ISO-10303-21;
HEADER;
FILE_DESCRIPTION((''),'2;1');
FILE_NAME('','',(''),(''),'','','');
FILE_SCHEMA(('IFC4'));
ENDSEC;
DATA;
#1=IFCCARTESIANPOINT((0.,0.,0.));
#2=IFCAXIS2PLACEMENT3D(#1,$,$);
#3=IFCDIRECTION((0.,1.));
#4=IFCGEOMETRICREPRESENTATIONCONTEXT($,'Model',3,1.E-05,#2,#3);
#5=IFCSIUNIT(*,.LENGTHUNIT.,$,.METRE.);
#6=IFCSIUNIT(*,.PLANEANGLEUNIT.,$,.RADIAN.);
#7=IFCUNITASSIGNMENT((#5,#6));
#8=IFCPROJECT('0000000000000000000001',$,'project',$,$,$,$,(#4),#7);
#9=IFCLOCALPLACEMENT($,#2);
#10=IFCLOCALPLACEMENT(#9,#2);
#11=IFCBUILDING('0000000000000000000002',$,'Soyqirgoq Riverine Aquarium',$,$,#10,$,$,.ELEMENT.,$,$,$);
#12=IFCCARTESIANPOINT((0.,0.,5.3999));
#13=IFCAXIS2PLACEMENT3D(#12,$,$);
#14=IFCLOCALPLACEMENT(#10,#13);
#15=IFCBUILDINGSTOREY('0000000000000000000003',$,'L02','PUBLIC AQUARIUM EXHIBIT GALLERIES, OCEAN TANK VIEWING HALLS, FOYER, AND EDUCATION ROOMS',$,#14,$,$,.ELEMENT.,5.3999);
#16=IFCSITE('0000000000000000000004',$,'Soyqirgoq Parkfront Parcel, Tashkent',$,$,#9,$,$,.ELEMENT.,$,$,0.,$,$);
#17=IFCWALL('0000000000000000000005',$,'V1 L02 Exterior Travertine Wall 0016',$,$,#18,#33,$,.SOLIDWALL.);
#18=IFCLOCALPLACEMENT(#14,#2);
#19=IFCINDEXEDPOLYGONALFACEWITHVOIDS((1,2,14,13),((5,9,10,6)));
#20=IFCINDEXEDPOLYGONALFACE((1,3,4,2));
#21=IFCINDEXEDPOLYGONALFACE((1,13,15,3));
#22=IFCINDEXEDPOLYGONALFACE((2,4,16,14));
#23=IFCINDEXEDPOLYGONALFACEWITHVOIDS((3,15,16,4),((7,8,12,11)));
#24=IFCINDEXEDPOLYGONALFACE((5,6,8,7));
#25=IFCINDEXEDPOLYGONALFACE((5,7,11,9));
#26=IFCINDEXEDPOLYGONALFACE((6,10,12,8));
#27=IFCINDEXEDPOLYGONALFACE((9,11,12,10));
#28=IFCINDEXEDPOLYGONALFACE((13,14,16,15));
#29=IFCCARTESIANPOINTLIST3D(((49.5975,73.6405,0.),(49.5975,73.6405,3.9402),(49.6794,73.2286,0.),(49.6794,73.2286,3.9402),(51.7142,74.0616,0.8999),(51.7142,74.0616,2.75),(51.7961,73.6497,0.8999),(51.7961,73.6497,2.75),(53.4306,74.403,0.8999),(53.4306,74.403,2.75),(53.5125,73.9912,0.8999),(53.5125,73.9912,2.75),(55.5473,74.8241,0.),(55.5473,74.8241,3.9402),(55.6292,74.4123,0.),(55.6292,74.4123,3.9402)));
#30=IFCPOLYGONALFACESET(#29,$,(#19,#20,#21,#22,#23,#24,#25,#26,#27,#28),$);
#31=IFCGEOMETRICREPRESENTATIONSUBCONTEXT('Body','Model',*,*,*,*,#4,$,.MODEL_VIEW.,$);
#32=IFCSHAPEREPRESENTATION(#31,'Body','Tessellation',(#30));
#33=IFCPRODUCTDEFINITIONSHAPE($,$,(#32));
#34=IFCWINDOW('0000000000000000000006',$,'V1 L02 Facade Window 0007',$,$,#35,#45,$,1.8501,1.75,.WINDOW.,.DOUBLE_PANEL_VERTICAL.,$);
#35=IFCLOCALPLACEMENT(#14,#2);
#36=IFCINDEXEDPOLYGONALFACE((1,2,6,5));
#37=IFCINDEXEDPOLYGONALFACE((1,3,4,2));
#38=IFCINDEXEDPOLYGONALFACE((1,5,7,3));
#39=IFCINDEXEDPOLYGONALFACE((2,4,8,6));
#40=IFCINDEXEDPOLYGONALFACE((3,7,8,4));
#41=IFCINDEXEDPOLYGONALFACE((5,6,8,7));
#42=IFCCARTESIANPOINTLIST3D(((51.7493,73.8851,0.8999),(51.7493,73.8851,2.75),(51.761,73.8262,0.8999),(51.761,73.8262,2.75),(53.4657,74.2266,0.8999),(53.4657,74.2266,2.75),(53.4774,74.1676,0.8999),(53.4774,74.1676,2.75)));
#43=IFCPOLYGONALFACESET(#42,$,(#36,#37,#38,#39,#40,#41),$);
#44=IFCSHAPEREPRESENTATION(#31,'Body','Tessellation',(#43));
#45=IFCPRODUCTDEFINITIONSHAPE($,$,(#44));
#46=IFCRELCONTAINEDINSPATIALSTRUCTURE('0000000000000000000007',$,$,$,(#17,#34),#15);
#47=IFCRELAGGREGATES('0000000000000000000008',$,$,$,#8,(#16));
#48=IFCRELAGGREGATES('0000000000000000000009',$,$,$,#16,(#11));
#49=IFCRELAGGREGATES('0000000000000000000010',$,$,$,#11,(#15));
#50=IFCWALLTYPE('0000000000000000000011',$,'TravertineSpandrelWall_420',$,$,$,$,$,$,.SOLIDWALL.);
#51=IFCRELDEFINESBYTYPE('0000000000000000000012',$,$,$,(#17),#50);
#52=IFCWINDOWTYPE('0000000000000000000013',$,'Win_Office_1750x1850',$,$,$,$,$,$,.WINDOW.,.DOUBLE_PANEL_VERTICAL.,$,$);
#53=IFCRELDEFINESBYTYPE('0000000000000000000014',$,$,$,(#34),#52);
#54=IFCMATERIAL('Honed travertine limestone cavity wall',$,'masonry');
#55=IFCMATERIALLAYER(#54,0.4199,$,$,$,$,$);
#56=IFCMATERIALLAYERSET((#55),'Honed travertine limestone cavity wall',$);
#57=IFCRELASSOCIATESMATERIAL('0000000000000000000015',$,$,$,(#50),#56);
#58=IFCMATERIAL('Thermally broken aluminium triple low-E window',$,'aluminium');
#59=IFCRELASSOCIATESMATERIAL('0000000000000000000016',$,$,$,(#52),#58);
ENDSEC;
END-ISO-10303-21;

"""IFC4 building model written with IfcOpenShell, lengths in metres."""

from ifc_helpers import new_model, si_unit, direction, frame, frame_2d, origin, place, context, subcontext, project, spatial, rectangle, extrude, material, layer, layer_set, type_object, element, fill, save


model = new_model("IFC4")

# Units and contexts
model_context = context("Model", 3, precision=1e-05, world=origin(), true_north=direction((0.0, 1.0)))
body_context = subcontext(model_context, "Body", "Model", "MODEL_VIEW")
ifc_project = project(units=[si_unit("LENGTHUNIT", "METRE"), si_unit("PLANEANGLEUNIT", "RADIAN")], contexts=[model_context])

# Site, building, storey
site_placement = place(None, origin())
site = spatial("IfcSite", under=ifc_project, at=site_placement, Name="Soyqirgoq Parkfront Parcel, Tashkent", CompositionType="ELEMENT", RefElevation=0.0)
building_placement = place(site_placement, origin())
building = spatial("IfcBuilding", under=site, at=building_placement, Name="Soyqirgoq Riverine Aquarium", CompositionType="ELEMENT")
storey_placement = place(building_placement, frame((0.0, 0.0, 5.3999)))
storey = spatial("IfcBuildingStorey", under=building, at=storey_placement, Name="L02", Description="PUBLIC AQUARIUM EXHIBIT GALLERIES, OCEAN TANK VIEWING HALLS, FOYER, AND EDUCATION ROOMS", CompositionType="ELEMENT", Elevation=5.3999)

# Wall, opening, window
ifc_material_1 = material(Name="Honed travertine limestone cavity wall", Category="masonry")
ifc_layer_1 = layer(ifc_material_1, 0.4199)
ifc_layer_set_1 = layer_set([ifc_layer_1], Name="Honed travertine limestone cavity wall")
wall_type_1 = type_object("IfcWallType", Name="TravertineSpandrelWall_420", PredefinedType="SOLIDWALL", material=ifc_layer_set_1)
wall_1_placement = place(storey_placement, frame((49.6384, 73.4346, 0.0), z_axis=(0.0, 0.0, 1.0), x_axis=(0.980781, 0.19511, 0.0)))
wall_1 = element("IfcWall", 1, at=wall_1_placement, inside=storey, type_object=wall_type_1, Name="V1 L02 Exterior Travertine Wall 0016", PredefinedType="SOLIDWALL", context=body_context, shape_type="SweptSolid", body=[
    extrude(rectangle(XDim=6.0664, YDim=0.4199, at=frame_2d((3.0332, 0.0))), origin(), (0.0, 0.0, 1.0), 3.9402),
])
opening_1_placement = place(wall_1_placement, frame((2.1582, 0.0, 0.8999)))
opening_1 = element("IfcOpeningElement", 2, at=opening_1_placement, cuts=wall_1, PredefinedType="OPENING", context=body_context, shape_type="SweptSolid", body=[
    extrude(rectangle(XDim=1.75, YDim=1.8501, at=frame_2d((0.875, 0.925))), frame((0.0, 0.22, 0.0), z_axis=(0.0, -1.0, 0.0), x_axis=(1.0, 0.0, 0.0)), (0.0, 0.0, 1.0), 0.4399),
])
ifc_material_2 = material(Name="Thermally broken aluminium triple low-E window", Category="aluminium")
window_type_1 = type_object("IfcWindowType", Name="Win_Office_1750x1850", PartitioningType="DOUBLE_PANEL_VERTICAL", PredefinedType="WINDOW", material=ifc_material_2)
window_1_placement = place(opening_1_placement, origin())
window_1 = element("IfcWindow", 3, at=window_1_placement, inside=storey, type_object=window_type_1, Name="V1 L02 Facade Window 0007", OverallHeight=1.8501, OverallWidth=1.75, PartitioningType="DOUBLE_PANEL_VERTICAL", PredefinedType="WINDOW", context=body_context, shape_type="SweptSolid", body=[
    extrude(rectangle(XDim=1.75, YDim=1.8501, at=frame_2d((0.875, 0.925))), frame((0.0, 0.03, 0.0), z_axis=(0.0, -1.0, 0.0), x_axis=(1.0, 0.0, 0.0)), (0.0, 0.0, 1.0), 0.0601),
])
fill(opening_1, window_1)

save(model, "model.ifc")
